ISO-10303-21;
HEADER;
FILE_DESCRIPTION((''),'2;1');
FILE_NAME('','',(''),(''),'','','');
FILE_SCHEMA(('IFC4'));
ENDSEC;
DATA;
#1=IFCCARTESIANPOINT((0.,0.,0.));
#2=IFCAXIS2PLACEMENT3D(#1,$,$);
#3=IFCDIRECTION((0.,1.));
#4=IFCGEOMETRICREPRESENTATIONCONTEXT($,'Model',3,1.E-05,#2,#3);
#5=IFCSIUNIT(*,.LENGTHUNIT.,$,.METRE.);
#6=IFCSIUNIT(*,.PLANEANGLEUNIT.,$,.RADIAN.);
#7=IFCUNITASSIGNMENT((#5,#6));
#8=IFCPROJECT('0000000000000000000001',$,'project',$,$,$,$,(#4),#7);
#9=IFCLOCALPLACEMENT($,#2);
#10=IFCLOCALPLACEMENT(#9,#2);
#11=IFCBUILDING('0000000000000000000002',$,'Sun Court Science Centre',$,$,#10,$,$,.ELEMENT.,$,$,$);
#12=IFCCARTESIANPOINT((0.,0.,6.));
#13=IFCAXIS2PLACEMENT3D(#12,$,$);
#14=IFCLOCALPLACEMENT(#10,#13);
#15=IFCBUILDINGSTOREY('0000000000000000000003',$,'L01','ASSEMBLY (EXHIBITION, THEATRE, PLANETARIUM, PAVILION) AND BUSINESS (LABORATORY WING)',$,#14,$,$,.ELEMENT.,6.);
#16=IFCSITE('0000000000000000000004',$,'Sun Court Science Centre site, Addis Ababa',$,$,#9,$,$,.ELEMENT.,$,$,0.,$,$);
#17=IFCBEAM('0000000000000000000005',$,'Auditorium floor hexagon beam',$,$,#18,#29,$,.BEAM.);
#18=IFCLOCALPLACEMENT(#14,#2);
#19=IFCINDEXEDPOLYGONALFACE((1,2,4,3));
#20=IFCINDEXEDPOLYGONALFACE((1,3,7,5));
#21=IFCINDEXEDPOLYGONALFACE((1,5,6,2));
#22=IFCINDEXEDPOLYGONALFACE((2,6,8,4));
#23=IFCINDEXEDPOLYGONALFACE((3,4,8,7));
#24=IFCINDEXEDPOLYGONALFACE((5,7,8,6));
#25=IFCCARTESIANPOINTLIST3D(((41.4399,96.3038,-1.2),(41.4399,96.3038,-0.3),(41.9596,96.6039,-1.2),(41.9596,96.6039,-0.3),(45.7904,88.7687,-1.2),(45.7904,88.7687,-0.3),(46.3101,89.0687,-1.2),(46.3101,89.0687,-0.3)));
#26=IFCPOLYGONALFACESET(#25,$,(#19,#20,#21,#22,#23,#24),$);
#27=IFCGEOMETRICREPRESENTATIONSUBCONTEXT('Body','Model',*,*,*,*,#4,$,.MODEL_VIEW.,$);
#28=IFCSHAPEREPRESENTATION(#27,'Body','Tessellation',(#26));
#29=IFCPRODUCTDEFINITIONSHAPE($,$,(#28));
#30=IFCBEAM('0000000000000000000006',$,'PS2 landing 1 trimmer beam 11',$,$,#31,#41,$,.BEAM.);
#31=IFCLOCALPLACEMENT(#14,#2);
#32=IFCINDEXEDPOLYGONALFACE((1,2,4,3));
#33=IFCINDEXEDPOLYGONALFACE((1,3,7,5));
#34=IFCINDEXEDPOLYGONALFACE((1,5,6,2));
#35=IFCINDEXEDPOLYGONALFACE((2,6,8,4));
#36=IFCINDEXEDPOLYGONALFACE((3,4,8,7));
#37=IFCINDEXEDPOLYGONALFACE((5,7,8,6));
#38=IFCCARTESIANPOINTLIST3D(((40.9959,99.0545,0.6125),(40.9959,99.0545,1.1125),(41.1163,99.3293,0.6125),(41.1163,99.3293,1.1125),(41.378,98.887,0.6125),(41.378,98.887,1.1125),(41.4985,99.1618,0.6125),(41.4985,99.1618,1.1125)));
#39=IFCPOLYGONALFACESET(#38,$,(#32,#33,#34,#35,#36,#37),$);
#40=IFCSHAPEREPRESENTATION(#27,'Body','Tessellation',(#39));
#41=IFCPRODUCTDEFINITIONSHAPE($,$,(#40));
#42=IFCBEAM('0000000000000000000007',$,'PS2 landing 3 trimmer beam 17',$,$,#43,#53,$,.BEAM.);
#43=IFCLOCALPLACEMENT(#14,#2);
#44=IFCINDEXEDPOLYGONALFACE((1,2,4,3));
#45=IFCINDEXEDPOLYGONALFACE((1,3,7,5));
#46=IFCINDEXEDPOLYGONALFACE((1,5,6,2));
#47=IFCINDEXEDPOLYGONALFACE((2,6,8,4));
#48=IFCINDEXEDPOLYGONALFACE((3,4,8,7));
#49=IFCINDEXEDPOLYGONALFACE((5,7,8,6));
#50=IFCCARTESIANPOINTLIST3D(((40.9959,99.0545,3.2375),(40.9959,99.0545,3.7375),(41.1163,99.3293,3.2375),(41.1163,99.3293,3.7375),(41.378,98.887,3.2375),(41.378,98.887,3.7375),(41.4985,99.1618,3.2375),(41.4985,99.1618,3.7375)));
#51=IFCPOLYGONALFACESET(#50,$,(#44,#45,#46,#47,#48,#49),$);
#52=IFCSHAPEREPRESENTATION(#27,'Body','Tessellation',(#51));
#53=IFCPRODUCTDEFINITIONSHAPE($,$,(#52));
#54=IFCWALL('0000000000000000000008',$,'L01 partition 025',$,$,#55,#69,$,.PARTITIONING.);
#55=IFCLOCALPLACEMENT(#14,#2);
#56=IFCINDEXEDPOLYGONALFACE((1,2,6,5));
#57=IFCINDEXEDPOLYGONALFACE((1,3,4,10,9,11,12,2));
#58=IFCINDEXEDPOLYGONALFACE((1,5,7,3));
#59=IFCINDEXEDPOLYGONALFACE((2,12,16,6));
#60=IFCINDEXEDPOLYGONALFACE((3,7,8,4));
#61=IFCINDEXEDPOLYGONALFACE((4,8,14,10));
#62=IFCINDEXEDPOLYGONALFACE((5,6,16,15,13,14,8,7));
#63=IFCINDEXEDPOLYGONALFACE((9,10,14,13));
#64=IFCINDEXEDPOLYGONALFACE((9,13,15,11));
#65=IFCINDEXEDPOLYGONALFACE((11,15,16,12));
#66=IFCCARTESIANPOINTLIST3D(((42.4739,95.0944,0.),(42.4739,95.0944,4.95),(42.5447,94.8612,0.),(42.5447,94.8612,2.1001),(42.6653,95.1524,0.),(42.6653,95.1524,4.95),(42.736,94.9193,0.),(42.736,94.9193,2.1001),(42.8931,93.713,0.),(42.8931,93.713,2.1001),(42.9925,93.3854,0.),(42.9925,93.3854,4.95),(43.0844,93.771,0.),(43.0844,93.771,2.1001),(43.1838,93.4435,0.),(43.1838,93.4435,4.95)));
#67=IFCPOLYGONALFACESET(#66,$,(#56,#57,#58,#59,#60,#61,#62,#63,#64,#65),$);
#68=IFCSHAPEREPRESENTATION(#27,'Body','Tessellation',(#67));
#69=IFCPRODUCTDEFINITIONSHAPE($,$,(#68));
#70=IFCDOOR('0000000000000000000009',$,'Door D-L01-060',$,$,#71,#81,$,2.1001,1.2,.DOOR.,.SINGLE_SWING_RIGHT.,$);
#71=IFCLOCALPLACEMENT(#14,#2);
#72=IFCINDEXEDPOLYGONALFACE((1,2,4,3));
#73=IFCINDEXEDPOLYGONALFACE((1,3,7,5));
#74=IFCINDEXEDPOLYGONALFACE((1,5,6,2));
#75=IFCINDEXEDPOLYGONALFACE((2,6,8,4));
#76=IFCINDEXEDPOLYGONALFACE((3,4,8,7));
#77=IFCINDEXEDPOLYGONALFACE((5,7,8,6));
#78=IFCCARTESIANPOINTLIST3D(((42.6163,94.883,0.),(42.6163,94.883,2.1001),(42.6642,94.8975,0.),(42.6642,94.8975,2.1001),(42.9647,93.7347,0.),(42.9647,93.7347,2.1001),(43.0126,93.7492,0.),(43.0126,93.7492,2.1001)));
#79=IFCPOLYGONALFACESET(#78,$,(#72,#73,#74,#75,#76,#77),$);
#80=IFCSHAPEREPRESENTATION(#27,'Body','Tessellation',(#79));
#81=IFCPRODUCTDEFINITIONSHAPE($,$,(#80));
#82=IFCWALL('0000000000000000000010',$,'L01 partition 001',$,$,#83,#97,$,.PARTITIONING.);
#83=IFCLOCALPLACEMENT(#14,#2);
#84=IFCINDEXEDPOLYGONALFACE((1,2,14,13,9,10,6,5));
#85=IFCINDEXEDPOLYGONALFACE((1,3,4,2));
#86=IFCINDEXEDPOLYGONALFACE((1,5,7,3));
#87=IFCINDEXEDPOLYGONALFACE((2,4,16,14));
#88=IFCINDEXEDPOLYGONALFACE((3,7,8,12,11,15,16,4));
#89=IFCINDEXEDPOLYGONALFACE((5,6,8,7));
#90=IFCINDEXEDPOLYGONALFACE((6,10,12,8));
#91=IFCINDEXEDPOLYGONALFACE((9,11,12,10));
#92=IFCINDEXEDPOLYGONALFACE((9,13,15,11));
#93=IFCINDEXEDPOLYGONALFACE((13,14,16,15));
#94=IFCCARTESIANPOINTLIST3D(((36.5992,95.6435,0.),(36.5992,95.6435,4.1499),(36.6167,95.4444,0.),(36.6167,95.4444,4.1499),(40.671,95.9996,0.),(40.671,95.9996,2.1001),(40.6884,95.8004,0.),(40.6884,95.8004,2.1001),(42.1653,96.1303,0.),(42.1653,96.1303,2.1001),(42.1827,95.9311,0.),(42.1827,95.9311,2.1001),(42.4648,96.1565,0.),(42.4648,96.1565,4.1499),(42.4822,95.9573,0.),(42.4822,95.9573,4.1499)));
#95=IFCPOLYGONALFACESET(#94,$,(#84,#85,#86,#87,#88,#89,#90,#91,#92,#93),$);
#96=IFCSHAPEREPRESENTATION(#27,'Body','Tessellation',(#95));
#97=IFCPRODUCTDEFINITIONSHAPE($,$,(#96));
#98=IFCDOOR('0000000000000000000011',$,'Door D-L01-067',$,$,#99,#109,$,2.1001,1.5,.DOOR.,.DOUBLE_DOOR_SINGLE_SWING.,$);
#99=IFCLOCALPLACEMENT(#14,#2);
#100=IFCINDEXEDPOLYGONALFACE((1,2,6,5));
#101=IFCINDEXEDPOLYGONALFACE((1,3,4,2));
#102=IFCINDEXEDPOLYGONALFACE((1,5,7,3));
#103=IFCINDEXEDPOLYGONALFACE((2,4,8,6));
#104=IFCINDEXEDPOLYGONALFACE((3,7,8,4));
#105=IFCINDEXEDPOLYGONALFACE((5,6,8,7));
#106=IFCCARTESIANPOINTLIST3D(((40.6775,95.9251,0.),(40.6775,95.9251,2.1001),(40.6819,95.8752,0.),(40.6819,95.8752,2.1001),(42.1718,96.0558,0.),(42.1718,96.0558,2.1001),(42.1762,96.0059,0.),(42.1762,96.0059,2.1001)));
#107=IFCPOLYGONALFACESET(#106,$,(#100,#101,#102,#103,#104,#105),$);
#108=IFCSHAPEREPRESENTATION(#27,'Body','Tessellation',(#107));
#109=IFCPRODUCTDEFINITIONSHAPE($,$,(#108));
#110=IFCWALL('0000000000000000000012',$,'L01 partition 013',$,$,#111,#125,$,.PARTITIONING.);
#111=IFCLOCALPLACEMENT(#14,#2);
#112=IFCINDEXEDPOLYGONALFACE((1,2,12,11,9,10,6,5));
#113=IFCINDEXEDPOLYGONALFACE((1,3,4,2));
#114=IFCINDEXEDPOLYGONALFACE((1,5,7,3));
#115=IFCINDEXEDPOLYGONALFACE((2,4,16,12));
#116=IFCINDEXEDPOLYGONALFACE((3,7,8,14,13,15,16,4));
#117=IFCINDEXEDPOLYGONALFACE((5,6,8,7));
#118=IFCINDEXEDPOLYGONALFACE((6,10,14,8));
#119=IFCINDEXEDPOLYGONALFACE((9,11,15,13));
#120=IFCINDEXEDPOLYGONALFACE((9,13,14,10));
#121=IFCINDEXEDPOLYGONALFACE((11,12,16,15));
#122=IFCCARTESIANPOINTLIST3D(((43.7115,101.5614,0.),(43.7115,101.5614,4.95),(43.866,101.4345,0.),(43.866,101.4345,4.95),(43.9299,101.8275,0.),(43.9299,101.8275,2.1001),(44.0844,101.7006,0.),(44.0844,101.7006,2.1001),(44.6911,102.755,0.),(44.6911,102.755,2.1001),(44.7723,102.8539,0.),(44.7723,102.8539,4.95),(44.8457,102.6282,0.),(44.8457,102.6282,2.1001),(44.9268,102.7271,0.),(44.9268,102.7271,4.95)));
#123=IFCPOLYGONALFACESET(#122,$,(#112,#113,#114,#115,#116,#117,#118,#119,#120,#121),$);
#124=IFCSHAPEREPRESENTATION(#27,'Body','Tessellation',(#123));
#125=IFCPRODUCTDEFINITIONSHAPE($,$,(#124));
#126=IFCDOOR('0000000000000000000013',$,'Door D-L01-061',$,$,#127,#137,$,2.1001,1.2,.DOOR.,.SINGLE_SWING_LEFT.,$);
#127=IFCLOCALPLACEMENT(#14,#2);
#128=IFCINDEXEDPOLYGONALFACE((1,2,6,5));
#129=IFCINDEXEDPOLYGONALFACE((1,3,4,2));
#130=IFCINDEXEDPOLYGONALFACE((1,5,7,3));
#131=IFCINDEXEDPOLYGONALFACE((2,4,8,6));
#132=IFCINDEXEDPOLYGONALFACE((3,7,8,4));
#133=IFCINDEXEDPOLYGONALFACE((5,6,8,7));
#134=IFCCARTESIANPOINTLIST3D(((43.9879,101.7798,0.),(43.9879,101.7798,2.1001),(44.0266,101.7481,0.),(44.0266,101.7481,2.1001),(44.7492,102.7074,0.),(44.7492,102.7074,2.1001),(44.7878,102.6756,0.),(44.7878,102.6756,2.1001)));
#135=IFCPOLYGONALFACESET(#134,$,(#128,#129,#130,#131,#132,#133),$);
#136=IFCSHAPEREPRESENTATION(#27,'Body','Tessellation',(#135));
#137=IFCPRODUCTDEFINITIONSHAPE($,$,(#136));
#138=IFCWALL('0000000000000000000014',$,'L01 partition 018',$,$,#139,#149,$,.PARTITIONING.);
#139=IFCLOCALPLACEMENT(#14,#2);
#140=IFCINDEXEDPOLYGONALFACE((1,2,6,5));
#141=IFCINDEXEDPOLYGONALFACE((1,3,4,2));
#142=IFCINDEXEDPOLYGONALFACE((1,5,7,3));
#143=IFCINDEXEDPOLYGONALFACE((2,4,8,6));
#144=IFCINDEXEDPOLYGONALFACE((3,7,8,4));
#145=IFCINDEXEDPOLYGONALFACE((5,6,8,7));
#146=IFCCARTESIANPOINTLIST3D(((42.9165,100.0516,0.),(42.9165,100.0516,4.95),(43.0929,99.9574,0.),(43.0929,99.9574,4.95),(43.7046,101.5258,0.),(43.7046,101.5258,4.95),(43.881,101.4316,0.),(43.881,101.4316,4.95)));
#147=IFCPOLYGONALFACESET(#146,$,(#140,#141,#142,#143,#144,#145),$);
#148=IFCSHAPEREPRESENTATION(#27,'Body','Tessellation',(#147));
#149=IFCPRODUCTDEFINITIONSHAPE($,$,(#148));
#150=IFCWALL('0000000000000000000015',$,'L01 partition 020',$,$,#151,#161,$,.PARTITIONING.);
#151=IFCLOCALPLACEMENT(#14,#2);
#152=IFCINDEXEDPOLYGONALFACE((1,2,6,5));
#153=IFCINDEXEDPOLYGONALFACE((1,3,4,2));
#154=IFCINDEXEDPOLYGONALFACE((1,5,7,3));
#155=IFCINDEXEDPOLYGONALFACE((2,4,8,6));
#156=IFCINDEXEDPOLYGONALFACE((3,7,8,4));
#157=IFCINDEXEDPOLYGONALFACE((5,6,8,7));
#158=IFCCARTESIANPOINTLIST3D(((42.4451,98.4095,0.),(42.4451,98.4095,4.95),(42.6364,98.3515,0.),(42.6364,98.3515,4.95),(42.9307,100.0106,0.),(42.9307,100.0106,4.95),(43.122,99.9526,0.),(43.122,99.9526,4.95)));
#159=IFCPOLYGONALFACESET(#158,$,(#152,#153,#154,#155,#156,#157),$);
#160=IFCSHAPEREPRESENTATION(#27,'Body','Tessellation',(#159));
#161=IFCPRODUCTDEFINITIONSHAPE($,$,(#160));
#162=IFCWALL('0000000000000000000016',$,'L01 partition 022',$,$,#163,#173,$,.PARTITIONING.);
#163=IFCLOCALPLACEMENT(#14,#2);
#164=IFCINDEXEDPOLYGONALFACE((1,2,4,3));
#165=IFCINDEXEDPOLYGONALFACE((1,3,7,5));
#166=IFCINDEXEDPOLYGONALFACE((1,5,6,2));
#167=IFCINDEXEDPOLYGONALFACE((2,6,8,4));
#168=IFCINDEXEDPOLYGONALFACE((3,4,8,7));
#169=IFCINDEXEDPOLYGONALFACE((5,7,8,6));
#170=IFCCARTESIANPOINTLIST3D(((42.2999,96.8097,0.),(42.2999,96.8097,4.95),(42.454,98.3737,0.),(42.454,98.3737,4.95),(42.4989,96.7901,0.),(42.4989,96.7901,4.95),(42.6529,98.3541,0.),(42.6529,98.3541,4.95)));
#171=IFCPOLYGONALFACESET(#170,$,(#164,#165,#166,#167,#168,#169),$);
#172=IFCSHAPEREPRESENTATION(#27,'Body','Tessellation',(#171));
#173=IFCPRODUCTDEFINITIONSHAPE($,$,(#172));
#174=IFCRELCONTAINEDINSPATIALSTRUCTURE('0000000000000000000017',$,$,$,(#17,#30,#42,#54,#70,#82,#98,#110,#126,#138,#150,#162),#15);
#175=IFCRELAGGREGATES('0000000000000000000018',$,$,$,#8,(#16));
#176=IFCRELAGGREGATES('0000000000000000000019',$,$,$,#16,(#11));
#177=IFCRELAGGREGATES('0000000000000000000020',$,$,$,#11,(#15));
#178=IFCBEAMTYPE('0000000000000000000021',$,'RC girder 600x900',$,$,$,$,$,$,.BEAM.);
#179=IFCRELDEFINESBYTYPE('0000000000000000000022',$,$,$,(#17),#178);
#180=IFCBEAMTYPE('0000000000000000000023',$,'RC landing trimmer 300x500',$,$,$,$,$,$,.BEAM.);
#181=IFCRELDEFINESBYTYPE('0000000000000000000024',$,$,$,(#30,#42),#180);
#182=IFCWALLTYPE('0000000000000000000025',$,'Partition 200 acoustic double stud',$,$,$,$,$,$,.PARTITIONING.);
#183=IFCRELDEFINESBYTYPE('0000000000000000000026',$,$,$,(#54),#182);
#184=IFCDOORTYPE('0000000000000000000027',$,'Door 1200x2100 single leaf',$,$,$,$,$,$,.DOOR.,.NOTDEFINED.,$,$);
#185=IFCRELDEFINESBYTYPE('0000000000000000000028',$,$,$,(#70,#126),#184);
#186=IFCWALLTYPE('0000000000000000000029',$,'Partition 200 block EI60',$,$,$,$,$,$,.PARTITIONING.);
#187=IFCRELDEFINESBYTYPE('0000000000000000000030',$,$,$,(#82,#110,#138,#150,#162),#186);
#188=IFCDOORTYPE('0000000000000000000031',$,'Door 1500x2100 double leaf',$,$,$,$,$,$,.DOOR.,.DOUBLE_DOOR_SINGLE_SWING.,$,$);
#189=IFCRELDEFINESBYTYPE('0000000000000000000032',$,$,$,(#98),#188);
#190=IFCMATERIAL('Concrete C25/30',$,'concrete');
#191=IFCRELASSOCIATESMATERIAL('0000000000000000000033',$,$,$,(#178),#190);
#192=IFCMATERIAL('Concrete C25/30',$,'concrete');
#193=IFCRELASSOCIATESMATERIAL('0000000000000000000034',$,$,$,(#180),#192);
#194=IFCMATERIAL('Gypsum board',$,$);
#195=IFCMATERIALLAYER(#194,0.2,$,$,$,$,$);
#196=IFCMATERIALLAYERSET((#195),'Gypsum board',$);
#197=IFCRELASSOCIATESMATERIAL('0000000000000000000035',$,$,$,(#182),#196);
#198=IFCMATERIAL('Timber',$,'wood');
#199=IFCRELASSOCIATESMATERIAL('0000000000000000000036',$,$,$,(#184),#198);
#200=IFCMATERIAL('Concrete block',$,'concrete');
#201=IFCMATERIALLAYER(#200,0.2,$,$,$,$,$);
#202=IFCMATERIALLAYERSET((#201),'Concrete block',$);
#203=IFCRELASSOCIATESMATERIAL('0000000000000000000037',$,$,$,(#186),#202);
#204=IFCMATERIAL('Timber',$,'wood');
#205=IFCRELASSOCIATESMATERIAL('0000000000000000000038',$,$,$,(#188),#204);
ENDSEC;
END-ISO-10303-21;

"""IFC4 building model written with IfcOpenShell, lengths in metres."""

from ifc_helpers import new_model, si_unit, direction, frame, frame_2d, origin, origin_2d, place, context, subcontext, project, spatial, rectangle, extrude, material, layer, layer_set, material_profile, profile_set, type_object, element, fill, save


model = new_model("IFC4")

# Units and contexts
model_context = context("Model", 3, precision=1e-05, world=origin(), true_north=direction((0.0, 1.0)))
body_context = subcontext(model_context, "Body", "Model", "MODEL_VIEW")
ifc_project = project(units=[si_unit("LENGTHUNIT", "METRE"), si_unit("PLANEANGLEUNIT", "RADIAN")], contexts=[model_context])

# Site, building, storey
site_placement = place(None, origin())
site = spatial("IfcSite", under=ifc_project, at=site_placement, Name="Sun Court Science Centre site, Addis Ababa", CompositionType="ELEMENT", RefElevation=0.0)
building_placement = place(site_placement, origin())
building = spatial("IfcBuilding", under=site, at=building_placement, Name="Sun Court Science Centre", CompositionType="ELEMENT")
storey_placement = place(building_placement, frame((0.0, 0.0, 6.0)))
storey = spatial("IfcBuildingStorey", under=building, at=storey_placement, Name="L01", Description="ASSEMBLY (EXHIBITION, THEATRE, PLANETARIUM, PAVILION) AND BUSINESS (LABORATORY WING)", CompositionType="ELEMENT", Elevation=6.0)

# Beams
ifc_material_1 = material(Name="Concrete C25/30", Category="concrete")
ifc_material_profile_1 = material_profile(ifc_material_1, rectangle(XDim=0.6001, YDim=0.8999, at=origin_2d()), Name="RC 600x900")
ifc_profile_set_1 = profile_set([ifc_material_profile_1], Name="Concrete C25/30")
beam_type_1 = type_object("IfcBeamType", Name="RC girder 600x900", PredefinedType="BEAM", material=ifc_profile_set_1)
beam_placement = place(storey_placement, frame((41.6997, 96.4539, -0.75), z_axis=(0.500014, -0.866017, 0.0), x_axis=(0.866017, 0.500014, 0.0)))
element("IfcBeam", 1, at=beam_placement, inside=storey, type_object=beam_type_1, Name="Auditorium floor hexagon beam", PredefinedType="BEAM", context=body_context, shape_type="SweptSolid", body=[
    extrude(rectangle(XDim=0.6001, YDim=0.8999, at=origin_2d()), origin(), (0.0, 0.0, 1.0), 8.7009),
])
ifc_material_2 = material(Name="Concrete C25/30", Category="concrete")
ifc_material_profile_2 = material_profile(ifc_material_2, rectangle(XDim=0.3, YDim=0.5, at=origin_2d()), Name="RC 300x500")
ifc_profile_set_2 = profile_set([ifc_material_profile_2], Name="Concrete C25/30")
beam_type_2 = type_object("IfcBeamType", Name="RC landing trimmer 300x500", PredefinedType="BEAM", material=ifc_profile_set_2)
for number, where, z_axis, x_axis, name in (
    (2, (41.4382, 99.0244, 0.8625), (-0.915875, 0.401463, 0.0), (-0.401463, -0.915875, 0.0), "PS2 landing 1 trimmer beam 11"),
    (3, (41.4382, 99.0244, 3.4875), (-0.915875, 0.401463, 0.0), (-0.401463, -0.915875, 0.0), "PS2 landing 3 trimmer beam 17"),
):
    element("IfcBeam", number, at=place(storey_placement, frame(where, z_axis=z_axis, x_axis=x_axis)), inside=storey, type_object=beam_type_2, Name=name, PredefinedType="BEAM", context=body_context, shape_type="SweptSolid", body=[
        extrude(rectangle(XDim=0.3, YDim=0.5, at=origin_2d()), origin(), (0.0, 0.0, 1.0), 0.4172),
    ])

# Walls, openings, doors
ifc_material_3 = material(Name="Gypsum board")
ifc_layer_1 = layer(ifc_material_3, 0.2)
ifc_layer_set_1 = layer_set([ifc_layer_1], Name="Gypsum board")
wall_type_1 = type_object("IfcWallType", Name="Partition 200 acoustic double stud", PredefinedType="PARTITIONING", material=ifc_layer_set_1)
wall_1_placement = place(storey_placement, frame((42.5696, 95.1235, 0.0), z_axis=(0.0, 0.0, 1.0), x_axis=(0.290356, -0.956919, 0.0)))
wall_1 = element("IfcWall", 4, at=wall_1_placement, inside=storey, type_object=wall_type_1, Name="L01 partition 025", PredefinedType="PARTITIONING", context=body_context, shape_type="SweptSolid", body=[
    extrude(rectangle(XDim=1.7859, YDim=0.2, at=frame_2d((0.8931, 0.0))), origin(), (0.0, 0.0, 1.0), 4.95),
])
opening_1_placement = place(wall_1_placement, frame((0.2437, 0.0, 0.0)))
opening_1 = element("IfcOpeningElement", 5, at=opening_1_placement, cuts=wall_1, PredefinedType="OPENING", context=body_context, shape_type="SweptSolid", body=[
    extrude(rectangle(XDim=1.2, YDim=2.1001, at=frame_2d((0.6001, 1.05))), frame((0.0, 0.1099, 0.0), z_axis=(0.0, -1.0, 0.0), x_axis=(1.0, 0.0, 0.0)), (0.0, 0.0, 1.0), 0.22),
])
ifc_material_4 = material(Name="Timber", Category="wood")
door_type_1 = type_object("IfcDoorType", Name="Door 1200x2100 single leaf", OperationType="NOTDEFINED", PredefinedType="DOOR", material=ifc_material_4)
door_1_placement = place(opening_1_placement, origin())
door_1 = element("IfcDoor", 6, at=door_1_placement, inside=storey, type_object=door_type_1, Name="Door D-L01-060", OperationType="SINGLE_SWING_RIGHT", OverallHeight=2.1001, OverallWidth=1.2, PredefinedType="DOOR", context=body_context, shape_type="SweptSolid", body=[
    extrude(rectangle(XDim=1.2, YDim=2.1001, at=frame_2d((0.6001, 1.05))), frame((0.0, 0.0249, 0.0), z_axis=(0.0, -1.0, 0.0), x_axis=(1.0, 0.0, 0.0)), (0.0, 0.0, 1.0), 0.05),
])
fill(opening_1, door_1)
ifc_material_5 = material(Name="Concrete block", Category="concrete")
ifc_layer_2 = layer(ifc_material_5, 0.2)
ifc_layer_set_2 = layer_set([ifc_layer_2], Name="Concrete block")
wall_type_2 = type_object("IfcWallType", Name="Partition 200 block EI60", PredefinedType="PARTITIONING", material=ifc_layer_set_2)
wall_2_placement = place(storey_placement, frame((42.4734, 96.0569, 0.0), z_axis=(0.0, 0.0, 1.0), x_axis=(-0.996198, -0.087118, 0.0)))
wall_2 = element("IfcWall", 7, at=wall_2_placement, inside=storey, type_object=wall_type_2, Name="L01 partition 001", PredefinedType="PARTITIONING", context=body_context, shape_type="SweptSolid", body=[
    extrude(rectangle(XDim=5.8879, YDim=0.2, at=frame_2d((2.9438, 0.0))), origin(), (0.0, 0.0, 1.0), 4.1499),
])
opening_2_placement = place(wall_2_placement, frame((0.3005, 0.0, 0.0)))
opening_2 = element("IfcOpeningElement", 8, at=opening_2_placement, cuts=wall_2, PredefinedType="OPENING", context=body_context, shape_type="SweptSolid", body=[
    extrude(rectangle(XDim=1.5, YDim=2.1001, at=frame_2d((0.75, 1.05))), frame((0.0, 0.1099, 0.0), z_axis=(0.0, -1.0, 0.0), x_axis=(1.0, 0.0, 0.0)), (0.0, 0.0, 1.0), 0.22),
])
ifc_material_6 = material(Name="Timber", Category="wood")
door_type_2 = type_object("IfcDoorType", Name="Door 1500x2100 double leaf", OperationType="DOUBLE_DOOR_SINGLE_SWING", PredefinedType="DOOR", material=ifc_material_6)
door_2_placement = place(opening_2_placement, origin())
door_2 = element("IfcDoor", 9, at=door_2_placement, inside=storey, type_object=door_type_2, Name="Door D-L01-067", OperationType="DOUBLE_DOOR_SINGLE_SWING", OverallHeight=2.1001, OverallWidth=1.5, PredefinedType="DOOR", context=body_context, shape_type="SweptSolid", body=[
    extrude(rectangle(XDim=1.5, YDim=2.1001, at=frame_2d((0.75, 1.05))), frame((0.0, 0.0249, 0.0), z_axis=(0.0, -1.0, 0.0), x_axis=(1.0, 0.0, 0.0)), (0.0, 0.0, 1.0), 0.05),
])
fill(opening_2, door_2)
wall_3_placement = place(storey_placement, frame((43.7888, 101.498, 0.0), z_axis=(0.0, 0.0, 1.0), x_axis=(0.634422, 0.772987, 0.0)))
wall_3 = element("IfcWall", 10, at=wall_3_placement, inside=storey, type_object=wall_type_2, Name="L01 partition 013", PredefinedType="PARTITIONING", context=body_context, shape_type="SweptSolid", body=[
    extrude(rectangle(XDim=1.6721, YDim=0.2, at=frame_2d((0.8359, 0.0))), origin(), (0.0, 0.0, 1.0), 4.95),
])
opening_3_placement = place(wall_3_placement, frame((0.344, 0.0, 0.0)))
opening_3 = element("IfcOpeningElement", 11, at=opening_3_placement, cuts=wall_3, PredefinedType="OPENING", context=body_context, shape_type="SweptSolid", body=[
    extrude(rectangle(XDim=1.2, YDim=2.1001, at=frame_2d((0.6001, 1.05))), frame((0.0, 0.1099, 0.0), z_axis=(0.0, -1.0, 0.0), x_axis=(1.0, 0.0, 0.0)), (0.0, 0.0, 1.0), 0.22),
])
door_3_placement = place(opening_3_placement, origin())
door_3 = element("IfcDoor", 12, at=door_3_placement, inside=storey, type_object=door_type_1, Name="Door D-L01-061", OperationType="SINGLE_SWING_LEFT", OverallHeight=2.1001, OverallWidth=1.2, PredefinedType="DOOR", context=body_context, shape_type="SweptSolid", body=[
    extrude(rectangle(XDim=1.2, YDim=2.1001, at=frame_2d((0.6001, 1.05))), frame((0.0, 0.0249, 0.0), z_axis=(0.0, -1.0, 0.0), x_axis=(1.0, 0.0, 0.0)), (0.0, 0.0, 1.0), 0.05),
])
fill(opening_3, door_3)

# Walls
wall_4_placement = place(storey_placement, frame((43.0046, 100.0044, 0.0), z_axis=(0.0, 0.0, 1.0), x_axis=(0.471467, 0.881884, 0.0)))
element("IfcWall", 13, at=wall_4_placement, inside=storey, type_object=wall_type_2, Name="L01 partition 018", PredefinedType="PARTITIONING", context=body_context, shape_type="SweptSolid", body=[
    extrude(rectangle(XDim=1.6716, YDim=0.2, at=frame_2d((0.8359, 0.0))), origin(), (0.0, 0.0, 1.0), 4.95),
])
wall_5_placement = place(storey_placement, frame((42.5408, 98.3806, 0.0), z_axis=(0.0, 0.0, 1.0), x_axis=(0.290238, 0.956954, 0.0)))
element("IfcWall", 14, at=wall_5_placement, inside=storey, type_object=wall_type_2, Name="L01 partition 020", PredefinedType="PARTITIONING", context=body_context, shape_type="SweptSolid", body=[
    extrude(rectangle(XDim=1.6731, YDim=0.2, at=frame_2d((0.8364, 0.0))), origin(), (0.0, 0.0, 1.0), 4.95),
])
wall_6_placement = place(storey_placement, frame((42.3994, 96.8, 0.0), z_axis=(0.0, 0.0, 1.0), x_axis=(0.098027, 0.995184, 0.0)))
element("IfcWall", 15, at=wall_6_placement, inside=storey, type_object=wall_type_2, Name="L01 partition 022", PredefinedType="PARTITIONING", context=body_context, shape_type="SweptSolid", body=[
    extrude(rectangle(XDim=1.5715, YDim=0.2, at=frame_2d((0.7856, 0.0))), origin(), (0.0, 0.0, 1.0), 4.95),
])

save(model, "model.ifc")
